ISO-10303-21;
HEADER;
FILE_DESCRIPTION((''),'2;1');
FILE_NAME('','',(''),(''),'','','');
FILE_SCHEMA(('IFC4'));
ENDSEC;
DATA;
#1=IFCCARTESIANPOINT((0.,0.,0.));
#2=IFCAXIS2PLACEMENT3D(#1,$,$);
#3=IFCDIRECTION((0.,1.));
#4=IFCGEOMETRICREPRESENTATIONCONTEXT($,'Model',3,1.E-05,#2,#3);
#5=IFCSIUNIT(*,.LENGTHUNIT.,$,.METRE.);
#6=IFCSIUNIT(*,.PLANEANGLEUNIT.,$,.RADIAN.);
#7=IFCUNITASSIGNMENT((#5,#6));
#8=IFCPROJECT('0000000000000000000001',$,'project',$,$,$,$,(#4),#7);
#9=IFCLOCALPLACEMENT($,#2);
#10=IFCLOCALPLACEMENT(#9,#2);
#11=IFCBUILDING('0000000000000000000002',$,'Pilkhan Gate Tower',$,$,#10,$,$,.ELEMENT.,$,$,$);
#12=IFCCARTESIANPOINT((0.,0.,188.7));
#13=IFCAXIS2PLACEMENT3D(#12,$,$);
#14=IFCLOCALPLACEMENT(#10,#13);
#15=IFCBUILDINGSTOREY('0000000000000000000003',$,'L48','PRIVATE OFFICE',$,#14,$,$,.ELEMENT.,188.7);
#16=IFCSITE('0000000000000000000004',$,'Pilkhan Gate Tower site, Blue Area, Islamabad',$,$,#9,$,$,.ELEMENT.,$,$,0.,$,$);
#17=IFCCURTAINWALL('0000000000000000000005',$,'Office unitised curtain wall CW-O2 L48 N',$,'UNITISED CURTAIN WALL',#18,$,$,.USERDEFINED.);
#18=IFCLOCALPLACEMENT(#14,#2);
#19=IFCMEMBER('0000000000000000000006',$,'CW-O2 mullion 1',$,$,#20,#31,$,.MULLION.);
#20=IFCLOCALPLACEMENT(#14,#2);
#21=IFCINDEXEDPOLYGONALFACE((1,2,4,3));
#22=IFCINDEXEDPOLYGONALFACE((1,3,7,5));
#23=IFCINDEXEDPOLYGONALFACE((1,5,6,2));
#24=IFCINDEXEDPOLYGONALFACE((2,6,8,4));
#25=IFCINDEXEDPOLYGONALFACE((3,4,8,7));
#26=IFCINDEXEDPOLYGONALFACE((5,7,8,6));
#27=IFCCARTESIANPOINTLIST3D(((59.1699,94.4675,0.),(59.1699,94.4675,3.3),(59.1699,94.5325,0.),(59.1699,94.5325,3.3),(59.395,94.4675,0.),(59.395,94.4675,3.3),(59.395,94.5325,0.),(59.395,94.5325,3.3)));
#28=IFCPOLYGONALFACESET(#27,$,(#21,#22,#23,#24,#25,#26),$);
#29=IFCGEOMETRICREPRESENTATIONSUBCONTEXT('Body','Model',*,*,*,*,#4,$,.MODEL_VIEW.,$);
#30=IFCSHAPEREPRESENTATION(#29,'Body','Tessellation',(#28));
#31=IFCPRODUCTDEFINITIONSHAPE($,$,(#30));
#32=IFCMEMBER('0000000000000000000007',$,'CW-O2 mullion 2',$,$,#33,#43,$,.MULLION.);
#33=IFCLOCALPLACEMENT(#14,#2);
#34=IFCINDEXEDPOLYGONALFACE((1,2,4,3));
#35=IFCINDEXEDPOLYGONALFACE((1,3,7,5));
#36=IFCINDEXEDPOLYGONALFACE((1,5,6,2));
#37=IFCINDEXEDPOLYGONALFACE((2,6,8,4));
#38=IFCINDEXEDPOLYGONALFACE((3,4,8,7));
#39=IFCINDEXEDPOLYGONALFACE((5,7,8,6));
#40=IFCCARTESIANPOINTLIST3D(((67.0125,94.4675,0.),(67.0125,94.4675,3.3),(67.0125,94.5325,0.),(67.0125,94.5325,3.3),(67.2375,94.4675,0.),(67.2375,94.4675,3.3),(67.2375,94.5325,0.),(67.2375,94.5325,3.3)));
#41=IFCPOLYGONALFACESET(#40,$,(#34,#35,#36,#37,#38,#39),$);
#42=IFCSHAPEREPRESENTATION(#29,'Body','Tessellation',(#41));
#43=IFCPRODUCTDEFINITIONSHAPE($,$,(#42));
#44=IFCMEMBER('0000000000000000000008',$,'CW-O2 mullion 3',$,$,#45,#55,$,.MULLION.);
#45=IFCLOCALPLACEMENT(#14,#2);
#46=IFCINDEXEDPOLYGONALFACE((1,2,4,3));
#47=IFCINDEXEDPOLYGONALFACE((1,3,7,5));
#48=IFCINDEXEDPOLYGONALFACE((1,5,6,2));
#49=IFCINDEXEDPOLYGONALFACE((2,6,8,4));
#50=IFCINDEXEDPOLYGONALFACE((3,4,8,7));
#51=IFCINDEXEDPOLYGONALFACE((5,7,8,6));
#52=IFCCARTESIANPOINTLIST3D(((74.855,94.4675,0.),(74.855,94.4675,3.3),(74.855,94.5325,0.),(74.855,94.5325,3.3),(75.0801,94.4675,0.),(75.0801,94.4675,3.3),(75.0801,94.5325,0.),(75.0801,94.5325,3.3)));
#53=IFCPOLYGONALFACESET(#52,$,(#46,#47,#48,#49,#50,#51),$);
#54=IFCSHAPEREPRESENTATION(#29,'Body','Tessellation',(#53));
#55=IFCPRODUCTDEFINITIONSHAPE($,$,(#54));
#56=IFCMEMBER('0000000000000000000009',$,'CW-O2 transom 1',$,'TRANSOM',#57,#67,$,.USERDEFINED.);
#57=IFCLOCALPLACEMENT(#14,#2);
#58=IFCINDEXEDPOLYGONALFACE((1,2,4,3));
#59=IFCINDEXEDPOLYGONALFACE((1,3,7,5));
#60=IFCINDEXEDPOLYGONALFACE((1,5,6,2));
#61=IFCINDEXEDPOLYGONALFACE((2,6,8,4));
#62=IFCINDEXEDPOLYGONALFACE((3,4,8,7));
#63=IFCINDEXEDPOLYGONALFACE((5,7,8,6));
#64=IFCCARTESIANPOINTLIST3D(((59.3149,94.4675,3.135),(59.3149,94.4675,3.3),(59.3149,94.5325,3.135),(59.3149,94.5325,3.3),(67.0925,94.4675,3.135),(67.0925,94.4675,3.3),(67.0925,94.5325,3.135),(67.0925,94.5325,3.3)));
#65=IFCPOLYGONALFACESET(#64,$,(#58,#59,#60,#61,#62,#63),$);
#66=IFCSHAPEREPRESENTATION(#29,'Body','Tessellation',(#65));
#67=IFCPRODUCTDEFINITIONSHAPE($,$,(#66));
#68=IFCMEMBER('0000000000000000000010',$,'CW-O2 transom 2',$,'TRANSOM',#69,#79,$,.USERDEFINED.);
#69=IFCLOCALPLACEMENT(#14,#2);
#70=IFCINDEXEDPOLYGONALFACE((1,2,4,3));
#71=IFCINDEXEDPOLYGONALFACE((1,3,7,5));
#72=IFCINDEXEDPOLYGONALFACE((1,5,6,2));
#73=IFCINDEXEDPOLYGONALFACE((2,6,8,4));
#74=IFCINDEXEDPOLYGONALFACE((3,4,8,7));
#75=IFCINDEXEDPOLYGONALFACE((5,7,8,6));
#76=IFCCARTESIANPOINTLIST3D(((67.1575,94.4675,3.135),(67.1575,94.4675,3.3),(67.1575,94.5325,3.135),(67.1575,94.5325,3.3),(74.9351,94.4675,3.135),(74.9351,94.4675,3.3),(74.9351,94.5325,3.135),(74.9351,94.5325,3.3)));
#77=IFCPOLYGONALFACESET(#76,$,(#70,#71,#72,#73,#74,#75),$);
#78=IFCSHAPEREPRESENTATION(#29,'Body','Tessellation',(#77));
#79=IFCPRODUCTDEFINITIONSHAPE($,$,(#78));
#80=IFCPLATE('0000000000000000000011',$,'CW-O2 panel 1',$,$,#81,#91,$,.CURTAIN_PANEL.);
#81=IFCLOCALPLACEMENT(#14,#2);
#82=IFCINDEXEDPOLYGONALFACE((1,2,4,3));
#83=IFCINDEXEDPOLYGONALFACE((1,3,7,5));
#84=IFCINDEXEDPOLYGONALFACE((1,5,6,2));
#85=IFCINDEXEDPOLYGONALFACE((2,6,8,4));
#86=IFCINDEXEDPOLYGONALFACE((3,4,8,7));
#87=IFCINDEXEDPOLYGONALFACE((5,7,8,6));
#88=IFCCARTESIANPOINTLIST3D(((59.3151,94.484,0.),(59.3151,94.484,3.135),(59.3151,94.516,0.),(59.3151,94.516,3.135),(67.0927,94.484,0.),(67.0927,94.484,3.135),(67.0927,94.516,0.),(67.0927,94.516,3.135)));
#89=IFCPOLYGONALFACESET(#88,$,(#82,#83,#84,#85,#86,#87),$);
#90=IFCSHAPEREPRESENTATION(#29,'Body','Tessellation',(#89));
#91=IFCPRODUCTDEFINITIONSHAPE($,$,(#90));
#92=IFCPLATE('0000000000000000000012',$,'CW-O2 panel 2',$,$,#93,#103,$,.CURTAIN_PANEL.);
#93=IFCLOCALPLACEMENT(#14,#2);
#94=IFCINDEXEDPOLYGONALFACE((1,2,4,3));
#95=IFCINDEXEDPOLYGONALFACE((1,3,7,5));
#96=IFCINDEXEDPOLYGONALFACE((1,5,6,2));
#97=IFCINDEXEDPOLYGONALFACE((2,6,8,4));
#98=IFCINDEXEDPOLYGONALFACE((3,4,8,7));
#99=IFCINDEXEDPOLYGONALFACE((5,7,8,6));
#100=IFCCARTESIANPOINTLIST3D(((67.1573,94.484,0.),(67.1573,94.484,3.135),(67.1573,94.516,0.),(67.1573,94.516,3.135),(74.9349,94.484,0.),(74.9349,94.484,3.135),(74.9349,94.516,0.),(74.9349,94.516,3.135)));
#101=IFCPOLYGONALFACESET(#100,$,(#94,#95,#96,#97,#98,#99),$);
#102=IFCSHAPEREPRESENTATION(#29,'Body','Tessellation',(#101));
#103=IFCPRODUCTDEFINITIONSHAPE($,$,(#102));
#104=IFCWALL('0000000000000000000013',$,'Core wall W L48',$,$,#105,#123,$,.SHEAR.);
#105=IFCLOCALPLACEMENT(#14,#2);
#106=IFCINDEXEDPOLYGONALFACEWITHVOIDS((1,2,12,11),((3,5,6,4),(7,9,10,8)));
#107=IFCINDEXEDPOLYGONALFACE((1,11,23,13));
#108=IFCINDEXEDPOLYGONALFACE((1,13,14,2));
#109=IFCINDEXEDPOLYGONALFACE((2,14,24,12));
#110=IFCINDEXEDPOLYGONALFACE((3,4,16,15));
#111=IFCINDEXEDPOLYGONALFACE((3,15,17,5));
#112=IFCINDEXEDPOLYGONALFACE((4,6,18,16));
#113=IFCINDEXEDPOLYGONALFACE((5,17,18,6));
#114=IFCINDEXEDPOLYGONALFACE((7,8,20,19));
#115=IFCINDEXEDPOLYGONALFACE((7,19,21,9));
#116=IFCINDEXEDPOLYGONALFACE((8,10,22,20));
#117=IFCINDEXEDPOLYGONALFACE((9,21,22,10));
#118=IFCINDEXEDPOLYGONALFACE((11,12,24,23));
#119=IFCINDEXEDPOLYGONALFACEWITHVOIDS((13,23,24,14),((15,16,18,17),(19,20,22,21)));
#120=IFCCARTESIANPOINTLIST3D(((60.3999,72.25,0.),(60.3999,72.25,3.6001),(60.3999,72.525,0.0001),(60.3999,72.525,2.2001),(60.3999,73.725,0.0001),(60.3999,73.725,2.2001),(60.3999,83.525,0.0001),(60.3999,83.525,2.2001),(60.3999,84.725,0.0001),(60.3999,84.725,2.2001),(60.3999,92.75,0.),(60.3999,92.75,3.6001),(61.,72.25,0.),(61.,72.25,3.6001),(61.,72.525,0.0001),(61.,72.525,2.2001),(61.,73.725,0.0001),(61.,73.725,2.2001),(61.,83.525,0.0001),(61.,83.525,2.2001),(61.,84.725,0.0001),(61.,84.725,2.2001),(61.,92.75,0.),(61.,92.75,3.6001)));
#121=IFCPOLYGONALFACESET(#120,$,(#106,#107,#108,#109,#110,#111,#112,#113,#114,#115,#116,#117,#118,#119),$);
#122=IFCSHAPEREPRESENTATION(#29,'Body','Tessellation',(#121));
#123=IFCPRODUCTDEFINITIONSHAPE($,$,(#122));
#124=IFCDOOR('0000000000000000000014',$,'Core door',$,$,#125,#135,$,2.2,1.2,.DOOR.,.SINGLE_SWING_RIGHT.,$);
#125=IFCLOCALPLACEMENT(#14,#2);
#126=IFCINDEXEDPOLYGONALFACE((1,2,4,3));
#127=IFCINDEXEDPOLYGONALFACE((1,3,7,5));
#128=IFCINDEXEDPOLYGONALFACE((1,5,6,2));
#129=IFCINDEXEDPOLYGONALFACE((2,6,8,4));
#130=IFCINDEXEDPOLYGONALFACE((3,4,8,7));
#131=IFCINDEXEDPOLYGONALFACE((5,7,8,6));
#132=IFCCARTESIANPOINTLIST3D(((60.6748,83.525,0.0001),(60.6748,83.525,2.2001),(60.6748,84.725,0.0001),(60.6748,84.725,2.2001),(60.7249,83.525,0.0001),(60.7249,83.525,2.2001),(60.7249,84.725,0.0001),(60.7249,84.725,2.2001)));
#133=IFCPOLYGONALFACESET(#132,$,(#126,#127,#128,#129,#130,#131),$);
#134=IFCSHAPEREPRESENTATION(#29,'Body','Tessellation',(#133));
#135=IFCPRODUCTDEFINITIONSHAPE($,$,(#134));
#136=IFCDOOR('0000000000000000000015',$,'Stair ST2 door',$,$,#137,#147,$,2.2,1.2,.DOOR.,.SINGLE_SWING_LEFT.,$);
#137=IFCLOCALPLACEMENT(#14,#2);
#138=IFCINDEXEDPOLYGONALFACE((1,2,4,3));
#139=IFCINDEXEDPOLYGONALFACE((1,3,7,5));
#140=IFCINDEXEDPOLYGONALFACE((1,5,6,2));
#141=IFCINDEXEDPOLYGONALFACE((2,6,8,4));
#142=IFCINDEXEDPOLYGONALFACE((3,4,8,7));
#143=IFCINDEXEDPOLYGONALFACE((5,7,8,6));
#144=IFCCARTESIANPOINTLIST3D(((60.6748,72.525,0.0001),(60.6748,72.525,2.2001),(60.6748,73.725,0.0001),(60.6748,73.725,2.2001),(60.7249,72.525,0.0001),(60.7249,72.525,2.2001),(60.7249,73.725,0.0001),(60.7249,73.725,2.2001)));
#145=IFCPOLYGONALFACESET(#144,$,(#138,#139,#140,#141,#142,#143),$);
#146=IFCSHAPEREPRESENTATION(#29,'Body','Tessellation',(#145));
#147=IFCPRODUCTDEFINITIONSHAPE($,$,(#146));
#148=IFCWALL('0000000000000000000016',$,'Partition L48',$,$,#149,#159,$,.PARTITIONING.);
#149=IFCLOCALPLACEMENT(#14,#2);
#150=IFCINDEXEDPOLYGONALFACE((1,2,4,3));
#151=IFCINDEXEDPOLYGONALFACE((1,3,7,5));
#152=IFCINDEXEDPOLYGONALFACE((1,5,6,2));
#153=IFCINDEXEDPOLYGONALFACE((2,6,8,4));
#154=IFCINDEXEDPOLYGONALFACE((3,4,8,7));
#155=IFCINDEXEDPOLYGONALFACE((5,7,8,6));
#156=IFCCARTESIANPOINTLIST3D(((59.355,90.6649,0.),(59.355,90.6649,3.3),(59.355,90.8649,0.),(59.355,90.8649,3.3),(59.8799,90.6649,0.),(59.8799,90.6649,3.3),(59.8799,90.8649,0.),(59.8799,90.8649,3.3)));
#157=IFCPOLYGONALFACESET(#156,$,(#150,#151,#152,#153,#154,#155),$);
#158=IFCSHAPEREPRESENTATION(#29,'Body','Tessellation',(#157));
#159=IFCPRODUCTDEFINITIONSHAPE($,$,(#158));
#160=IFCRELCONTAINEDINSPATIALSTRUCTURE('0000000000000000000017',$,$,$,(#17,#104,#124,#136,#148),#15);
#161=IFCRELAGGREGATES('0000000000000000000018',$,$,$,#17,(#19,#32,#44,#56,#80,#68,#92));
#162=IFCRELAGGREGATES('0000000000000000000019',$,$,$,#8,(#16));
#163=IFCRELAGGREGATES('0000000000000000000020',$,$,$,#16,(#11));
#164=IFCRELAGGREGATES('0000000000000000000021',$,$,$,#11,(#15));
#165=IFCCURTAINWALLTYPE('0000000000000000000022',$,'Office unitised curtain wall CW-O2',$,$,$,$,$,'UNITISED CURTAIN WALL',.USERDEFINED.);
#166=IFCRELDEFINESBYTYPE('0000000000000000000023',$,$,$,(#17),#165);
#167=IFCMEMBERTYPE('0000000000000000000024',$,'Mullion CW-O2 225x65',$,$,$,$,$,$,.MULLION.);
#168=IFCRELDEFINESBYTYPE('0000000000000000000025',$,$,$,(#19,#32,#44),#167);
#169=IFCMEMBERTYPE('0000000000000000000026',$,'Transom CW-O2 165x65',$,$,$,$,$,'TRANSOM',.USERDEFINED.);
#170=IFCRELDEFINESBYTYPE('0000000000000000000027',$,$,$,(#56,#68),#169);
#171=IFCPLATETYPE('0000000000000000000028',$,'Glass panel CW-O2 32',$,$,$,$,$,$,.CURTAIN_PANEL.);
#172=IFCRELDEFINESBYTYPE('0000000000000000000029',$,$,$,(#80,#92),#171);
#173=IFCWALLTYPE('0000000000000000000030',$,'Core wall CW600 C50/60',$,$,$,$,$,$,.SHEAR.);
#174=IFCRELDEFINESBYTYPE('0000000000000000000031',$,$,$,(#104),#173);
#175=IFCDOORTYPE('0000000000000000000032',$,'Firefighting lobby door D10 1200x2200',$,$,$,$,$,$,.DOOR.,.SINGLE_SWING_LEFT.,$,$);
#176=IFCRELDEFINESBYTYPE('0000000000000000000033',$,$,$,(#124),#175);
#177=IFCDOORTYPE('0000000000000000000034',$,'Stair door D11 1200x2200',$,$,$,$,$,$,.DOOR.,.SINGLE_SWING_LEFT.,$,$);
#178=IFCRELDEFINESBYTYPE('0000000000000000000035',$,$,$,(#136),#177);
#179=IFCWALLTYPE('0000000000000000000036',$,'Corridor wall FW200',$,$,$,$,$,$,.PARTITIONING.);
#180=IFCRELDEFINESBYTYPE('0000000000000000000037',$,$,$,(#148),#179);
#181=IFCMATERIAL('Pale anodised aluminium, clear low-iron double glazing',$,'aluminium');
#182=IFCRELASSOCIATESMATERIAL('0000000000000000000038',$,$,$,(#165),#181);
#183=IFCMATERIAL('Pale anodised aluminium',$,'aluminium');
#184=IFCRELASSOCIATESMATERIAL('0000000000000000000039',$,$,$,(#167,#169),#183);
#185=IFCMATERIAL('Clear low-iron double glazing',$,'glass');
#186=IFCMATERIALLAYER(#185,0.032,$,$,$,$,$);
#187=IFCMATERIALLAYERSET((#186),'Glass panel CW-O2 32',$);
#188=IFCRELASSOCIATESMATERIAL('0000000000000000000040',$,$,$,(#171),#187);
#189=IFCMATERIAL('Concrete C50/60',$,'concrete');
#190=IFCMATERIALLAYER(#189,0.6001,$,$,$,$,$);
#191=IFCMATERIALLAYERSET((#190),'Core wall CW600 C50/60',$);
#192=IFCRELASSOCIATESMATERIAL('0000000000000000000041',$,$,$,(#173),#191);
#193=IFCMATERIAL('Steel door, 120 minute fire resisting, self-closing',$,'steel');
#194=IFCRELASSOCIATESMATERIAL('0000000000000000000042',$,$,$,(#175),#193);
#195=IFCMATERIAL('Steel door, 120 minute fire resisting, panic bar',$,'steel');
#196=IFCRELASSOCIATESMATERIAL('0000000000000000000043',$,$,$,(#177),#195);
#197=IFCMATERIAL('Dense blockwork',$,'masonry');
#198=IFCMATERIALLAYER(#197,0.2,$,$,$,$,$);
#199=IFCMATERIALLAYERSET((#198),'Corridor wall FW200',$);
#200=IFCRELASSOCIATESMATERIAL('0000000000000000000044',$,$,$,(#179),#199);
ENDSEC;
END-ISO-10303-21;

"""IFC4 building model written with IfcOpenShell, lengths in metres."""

from ifc_helpers import new_model, si_unit, direction, frame, frame_2d, origin, origin_2d, place, context, subcontext, project, spatial, rectangle, extrude, material, layer, layer_set, material_profile, profile_set, type_object, element, fill, aggregate, save


model = new_model("IFC4")

# Units and contexts
model_context = context("Model", 3, precision=1e-05, world=origin(), true_north=direction((0.0, 1.0)))
body_context = subcontext(model_context, "Body", "Model", "MODEL_VIEW")
ifc_project = project(units=[si_unit("LENGTHUNIT", "METRE"), si_unit("PLANEANGLEUNIT", "RADIAN")], contexts=[model_context])

# Site, building, storey
site_placement = place(None, origin())
site = spatial("IfcSite", under=ifc_project, at=site_placement, Name="Pilkhan Gate Tower site, Blue Area, Islamabad", CompositionType="ELEMENT", RefElevation=0.0)
building_placement = place(site_placement, origin())
building = spatial("IfcBuilding", under=site, at=building_placement, Name="Pilkhan Gate Tower", CompositionType="ELEMENT")
storey_placement = place(building_placement, frame((0.0, 0.0, 188.7)))
storey = spatial("IfcBuildingStorey", under=building, at=storey_placement, Name="L48", Description="PRIVATE OFFICE", CompositionType="ELEMENT", Elevation=188.7)

# Curtain wall, members, plates
ifc_material_1 = material(Name="Pale anodised aluminium, clear low-iron double glazing", Category="aluminium")
curtain_wall_type = type_object("IfcCurtainWallType", Name="Office unitised curtain wall CW-O2", ElementType="UNITISED CURTAIN WALL", PredefinedType="USERDEFINED", material=ifc_material_1)
curtain_wall_placement = place(storey_placement, origin())
curtain_wall = element("IfcCurtainWall", 1, at=curtain_wall_placement, inside=storey, type_object=curtain_wall_type, Name="Office unitised curtain wall CW-O2 L48 N", ObjectType="UNITISED CURTAIN WALL", PredefinedType="USERDEFINED")
ifc_material_2 = material(Name="Pale anodised aluminium", Category="aluminium")
ifc_material_profile_1 = material_profile(ifc_material_2, rectangle(XDim=0.0649, YDim=0.2251, at=origin_2d()), Name="Mullion 225x65")
ifc_profile_set_1 = profile_set([ifc_material_profile_1], Name="Pale anodised aluminium")
member_type_1 = type_object("IfcMemberType", Name="Mullion CW-O2 225x65", PredefinedType="MULLION", material=ifc_profile_set_1)
member_1_placement = place(storey_placement, frame((59.2825, 94.5, 0.0), z_axis=(0.0, 0.0, 1.0), x_axis=(0.0, 1.0, 0.0)))
member_1 = element("IfcMember", 2, at=member_1_placement, type_object=member_type_1, Name="CW-O2 mullion 1", PredefinedType="MULLION", context=body_context, shape_type="SweptSolid", body=[
    extrude(rectangle(XDim=0.0649, YDim=0.2251, at=origin_2d()), origin(), (0.0, 0.0, 1.0), 3.3),
])
member_2_placement = place(storey_placement, frame((67.125, 94.5, 0.0), z_axis=(0.0, 0.0, 1.0), x_axis=(0.0, 1.0, 0.0)))
member_2 = element("IfcMember", 3, at=member_2_placement, type_object=member_type_1, Name="CW-O2 mullion 2", PredefinedType="MULLION", context=body_context, shape_type="SweptSolid", body=[
    extrude(rectangle(XDim=0.0649, YDim=0.2251, at=origin_2d()), origin(), (0.0, 0.0, 1.0), 3.3),
])
member_3_placement = place(storey_placement, frame((74.9675, 94.5, 0.0), z_axis=(0.0, 0.0, 1.0), x_axis=(0.0, 1.0, 0.0)))
member_3 = element("IfcMember", 4, at=member_3_placement, type_object=member_type_1, Name="CW-O2 mullion 3", PredefinedType="MULLION", context=body_context, shape_type="SweptSolid", body=[
    extrude(rectangle(XDim=0.0649, YDim=0.2251, at=origin_2d()), origin(), (0.0, 0.0, 1.0), 3.3),
])
ifc_material_profile_2 = material_profile(ifc_material_2, rectangle(XDim=0.0649, YDim=0.165, at=origin_2d()), Name="Transom 165x65")
ifc_profile_set_2 = profile_set([ifc_material_profile_2], Name="Pale anodised aluminium")
member_type_2 = type_object("IfcMemberType", Name="Transom CW-O2 165x65", ElementType="TRANSOM", PredefinedType="USERDEFINED", material=ifc_profile_set_2)
member_4_placement = place(storey_placement, frame((59.3149, 94.5, 3.2175), z_axis=(1.0, 0.0, 0.0), x_axis=(0.0, 1.0, 0.0)))
member_4 = element("IfcMember", 5, at=member_4_placement, type_object=member_type_2, Name="CW-O2 transom 1", ObjectType="TRANSOM", PredefinedType="USERDEFINED", context=body_context, shape_type="SweptSolid", body=[
    extrude(rectangle(XDim=0.0649, YDim=0.165, at=origin_2d()), origin(), (0.0, 0.0, 1.0), 7.7776),
])
member_5_placement = place(storey_placement, frame((67.1575, 94.5, 3.2175), z_axis=(1.0, 0.0, 0.0), x_axis=(0.0, 1.0, 0.0)))
member_5 = element("IfcMember", 6, at=member_5_placement, type_object=member_type_2, Name="CW-O2 transom 2", ObjectType="TRANSOM", PredefinedType="USERDEFINED", context=body_context, shape_type="SweptSolid", body=[
    extrude(rectangle(XDim=0.0649, YDim=0.165, at=origin_2d()), origin(), (0.0, 0.0, 1.0), 7.7776),
])
ifc_material_3 = material(Name="Clear low-iron double glazing", Category="glass")
ifc_layer_1 = layer(ifc_material_3, 0.032)
ifc_layer_set_1 = layer_set([ifc_layer_1], Name="Glass panel CW-O2 32")
plate_type = type_object("IfcPlateType", Name="Glass panel CW-O2 32", PredefinedType="CURTAIN_PANEL", material=ifc_layer_set_1)
plate_1_placement = place(storey_placement, frame((63.2039, 94.5, 0.0), z_axis=(0.0, 0.0, 1.0), x_axis=(1.0, 0.0, 0.0)))
plate_1 = element("IfcPlate", 7, at=plate_1_placement, type_object=plate_type, Name="CW-O2 panel 1", PredefinedType="CURTAIN_PANEL", context=body_context, shape_type="SweptSolid", body=[
    extrude(rectangle(XDim=7.7776, YDim=0.032, at=origin_2d()), origin(), (0.0, 0.0, 1.0), 3.135),
])
plate_2_placement = place(storey_placement, frame((71.0461, 94.5, 0.0), z_axis=(0.0, 0.0, 1.0), x_axis=(1.0, 0.0, 0.0)))
plate_2 = element("IfcPlate", 8, at=plate_2_placement, type_object=plate_type, Name="CW-O2 panel 2", PredefinedType="CURTAIN_PANEL", context=body_context, shape_type="SweptSolid", body=[
    extrude(rectangle(XDim=7.7776, YDim=0.032, at=origin_2d()), origin(), (0.0, 0.0, 1.0), 3.135),
])
aggregate(curtain_wall, [member_1, member_2, member_3, member_4, plate_1, member_5, plate_2])

# Wall, openings, doors
ifc_material_4 = material(Name="Concrete C50/60", Category="concrete")
ifc_layer_2 = layer(ifc_material_4, 0.6001)
ifc_layer_set_2 = layer_set([ifc_layer_2], Name="Core wall CW600 C50/60")
wall_type_1 = type_object("IfcWallType", Name="Core wall CW600 C50/60", PredefinedType="SHEAR", material=ifc_layer_set_2)
wall_1_placement = place(storey_placement, frame((60.7, 92.75, 0.0), z_axis=(0.0, 0.0, 1.0), x_axis=(0.0, -1.0, 0.0)))
wall_1 = element("IfcWall", 9, at=wall_1_placement, inside=storey, type_object=wall_type_1, Name="Core wall W L48", PredefinedType="SHEAR", context=body_context, shape_type="SweptSolid", body=[
    extrude(rectangle(XDim=20.5, YDim=0.6001, at=frame_2d((10.25, 0.0))), origin(), (0.0, 0.0, 1.0), 3.6001),
])
opening_1_placement = place(wall_1_placement, frame((19.0249, 0.0, 0.0)))
opening_1 = element("IfcOpeningElement", 10, at=opening_1_placement, cuts=wall_1, PredefinedType="OPENING", context=body_context, shape_type="SweptSolid", body=[
    extrude(rectangle(XDim=1.2, YDim=2.2, at=frame_2d((0.6001, 1.1001))), frame((0.0, 0.3101, 0.0), z_axis=(0.0, -1.0, 0.0), x_axis=(1.0, 0.0, 0.0)), (0.0, 0.0, 1.0), 0.6201),
])
opening_2_placement = place(wall_1_placement, frame((8.0249, 0.0, 0.0)))
opening_2 = element("IfcOpeningElement", 11, at=opening_2_placement, cuts=wall_1, PredefinedType="OPENING", context=body_context, shape_type="SweptSolid", body=[
    extrude(rectangle(XDim=1.2, YDim=2.2, at=frame_2d((0.6001, 1.1001))), frame((0.0, 0.3101, 0.0), z_axis=(0.0, -1.0, 0.0), x_axis=(1.0, 0.0, 0.0)), (0.0, 0.0, 1.0), 0.6201),
])
ifc_material_5 = material(Name="Steel door, 120 minute fire resisting, self-closing", Category="steel")
door_type_1 = type_object("IfcDoorType", Name="Firefighting lobby door D10 1200x2200", OperationType="SINGLE_SWING_LEFT", PredefinedType="DOOR", material=ifc_material_5)
door_1_placement = place(opening_2_placement, origin())
door_1 = element("IfcDoor", 12, at=door_1_placement, inside=storey, type_object=door_type_1, Name="Core door", OperationType="SINGLE_SWING_RIGHT", OverallHeight=2.2, OverallWidth=1.2, PredefinedType="DOOR", context=body_context, shape_type="SweptSolid", body=[
    extrude(rectangle(XDim=1.2, YDim=2.2, at=frame_2d((0.6001, 1.1001))), frame((0.0, 0.0249, 0.0), z_axis=(0.0, -1.0, 0.0), x_axis=(1.0, 0.0, 0.0)), (0.0, 0.0, 1.0), 0.05),
])
fill(opening_2, door_1)
ifc_material_6 = material(Name="Steel door, 120 minute fire resisting, panic bar", Category="steel")
door_type_2 = type_object("IfcDoorType", Name="Stair door D11 1200x2200", OperationType="SINGLE_SWING_LEFT", PredefinedType="DOOR", material=ifc_material_6)
door_2_placement = place(opening_1_placement, origin())
door_2 = element("IfcDoor", 13, at=door_2_placement, inside=storey, type_object=door_type_2, Name="Stair ST2 door", OperationType="SINGLE_SWING_LEFT", OverallHeight=2.2, OverallWidth=1.2, PredefinedType="DOOR", context=body_context, shape_type="SweptSolid", body=[
    extrude(rectangle(XDim=1.2, YDim=2.2, at=frame_2d((0.6001, 1.1001))), frame((0.0, 0.0249, 0.0), z_axis=(0.0, -1.0, 0.0), x_axis=(1.0, 0.0, 0.0)), (0.0, 0.0, 1.0), 0.05),
])
fill(opening_1, door_2)

# Wall
ifc_material_7 = material(Name="Dense blockwork", Category="masonry")
ifc_layer_3 = layer(ifc_material_7, 0.2)
ifc_layer_set_3 = layer_set([ifc_layer_3], Name="Corridor wall FW200")
wall_type_2 = type_object("IfcWallType", Name="Corridor wall FW200", PredefinedType="PARTITIONING", material=ifc_layer_set_3)
wall_2_placement = place(storey_placement, frame((59.355, 90.7649, 0.0), z_axis=(0.0, 0.0, 1.0), x_axis=(1.0, 0.0, 0.0)))
element("IfcWall", 14, at=wall_2_placement, inside=storey, type_object=wall_type_2, Name="Partition L48", PredefinedType="PARTITIONING", context=body_context, shape_type="SweptSolid", body=[
    extrude(rectangle(XDim=0.5249, YDim=0.2, at=frame_2d((0.2625, 0.0))), origin(), (0.0, 0.0, 1.0), 3.3),
])

save(model, "model.ifc")
